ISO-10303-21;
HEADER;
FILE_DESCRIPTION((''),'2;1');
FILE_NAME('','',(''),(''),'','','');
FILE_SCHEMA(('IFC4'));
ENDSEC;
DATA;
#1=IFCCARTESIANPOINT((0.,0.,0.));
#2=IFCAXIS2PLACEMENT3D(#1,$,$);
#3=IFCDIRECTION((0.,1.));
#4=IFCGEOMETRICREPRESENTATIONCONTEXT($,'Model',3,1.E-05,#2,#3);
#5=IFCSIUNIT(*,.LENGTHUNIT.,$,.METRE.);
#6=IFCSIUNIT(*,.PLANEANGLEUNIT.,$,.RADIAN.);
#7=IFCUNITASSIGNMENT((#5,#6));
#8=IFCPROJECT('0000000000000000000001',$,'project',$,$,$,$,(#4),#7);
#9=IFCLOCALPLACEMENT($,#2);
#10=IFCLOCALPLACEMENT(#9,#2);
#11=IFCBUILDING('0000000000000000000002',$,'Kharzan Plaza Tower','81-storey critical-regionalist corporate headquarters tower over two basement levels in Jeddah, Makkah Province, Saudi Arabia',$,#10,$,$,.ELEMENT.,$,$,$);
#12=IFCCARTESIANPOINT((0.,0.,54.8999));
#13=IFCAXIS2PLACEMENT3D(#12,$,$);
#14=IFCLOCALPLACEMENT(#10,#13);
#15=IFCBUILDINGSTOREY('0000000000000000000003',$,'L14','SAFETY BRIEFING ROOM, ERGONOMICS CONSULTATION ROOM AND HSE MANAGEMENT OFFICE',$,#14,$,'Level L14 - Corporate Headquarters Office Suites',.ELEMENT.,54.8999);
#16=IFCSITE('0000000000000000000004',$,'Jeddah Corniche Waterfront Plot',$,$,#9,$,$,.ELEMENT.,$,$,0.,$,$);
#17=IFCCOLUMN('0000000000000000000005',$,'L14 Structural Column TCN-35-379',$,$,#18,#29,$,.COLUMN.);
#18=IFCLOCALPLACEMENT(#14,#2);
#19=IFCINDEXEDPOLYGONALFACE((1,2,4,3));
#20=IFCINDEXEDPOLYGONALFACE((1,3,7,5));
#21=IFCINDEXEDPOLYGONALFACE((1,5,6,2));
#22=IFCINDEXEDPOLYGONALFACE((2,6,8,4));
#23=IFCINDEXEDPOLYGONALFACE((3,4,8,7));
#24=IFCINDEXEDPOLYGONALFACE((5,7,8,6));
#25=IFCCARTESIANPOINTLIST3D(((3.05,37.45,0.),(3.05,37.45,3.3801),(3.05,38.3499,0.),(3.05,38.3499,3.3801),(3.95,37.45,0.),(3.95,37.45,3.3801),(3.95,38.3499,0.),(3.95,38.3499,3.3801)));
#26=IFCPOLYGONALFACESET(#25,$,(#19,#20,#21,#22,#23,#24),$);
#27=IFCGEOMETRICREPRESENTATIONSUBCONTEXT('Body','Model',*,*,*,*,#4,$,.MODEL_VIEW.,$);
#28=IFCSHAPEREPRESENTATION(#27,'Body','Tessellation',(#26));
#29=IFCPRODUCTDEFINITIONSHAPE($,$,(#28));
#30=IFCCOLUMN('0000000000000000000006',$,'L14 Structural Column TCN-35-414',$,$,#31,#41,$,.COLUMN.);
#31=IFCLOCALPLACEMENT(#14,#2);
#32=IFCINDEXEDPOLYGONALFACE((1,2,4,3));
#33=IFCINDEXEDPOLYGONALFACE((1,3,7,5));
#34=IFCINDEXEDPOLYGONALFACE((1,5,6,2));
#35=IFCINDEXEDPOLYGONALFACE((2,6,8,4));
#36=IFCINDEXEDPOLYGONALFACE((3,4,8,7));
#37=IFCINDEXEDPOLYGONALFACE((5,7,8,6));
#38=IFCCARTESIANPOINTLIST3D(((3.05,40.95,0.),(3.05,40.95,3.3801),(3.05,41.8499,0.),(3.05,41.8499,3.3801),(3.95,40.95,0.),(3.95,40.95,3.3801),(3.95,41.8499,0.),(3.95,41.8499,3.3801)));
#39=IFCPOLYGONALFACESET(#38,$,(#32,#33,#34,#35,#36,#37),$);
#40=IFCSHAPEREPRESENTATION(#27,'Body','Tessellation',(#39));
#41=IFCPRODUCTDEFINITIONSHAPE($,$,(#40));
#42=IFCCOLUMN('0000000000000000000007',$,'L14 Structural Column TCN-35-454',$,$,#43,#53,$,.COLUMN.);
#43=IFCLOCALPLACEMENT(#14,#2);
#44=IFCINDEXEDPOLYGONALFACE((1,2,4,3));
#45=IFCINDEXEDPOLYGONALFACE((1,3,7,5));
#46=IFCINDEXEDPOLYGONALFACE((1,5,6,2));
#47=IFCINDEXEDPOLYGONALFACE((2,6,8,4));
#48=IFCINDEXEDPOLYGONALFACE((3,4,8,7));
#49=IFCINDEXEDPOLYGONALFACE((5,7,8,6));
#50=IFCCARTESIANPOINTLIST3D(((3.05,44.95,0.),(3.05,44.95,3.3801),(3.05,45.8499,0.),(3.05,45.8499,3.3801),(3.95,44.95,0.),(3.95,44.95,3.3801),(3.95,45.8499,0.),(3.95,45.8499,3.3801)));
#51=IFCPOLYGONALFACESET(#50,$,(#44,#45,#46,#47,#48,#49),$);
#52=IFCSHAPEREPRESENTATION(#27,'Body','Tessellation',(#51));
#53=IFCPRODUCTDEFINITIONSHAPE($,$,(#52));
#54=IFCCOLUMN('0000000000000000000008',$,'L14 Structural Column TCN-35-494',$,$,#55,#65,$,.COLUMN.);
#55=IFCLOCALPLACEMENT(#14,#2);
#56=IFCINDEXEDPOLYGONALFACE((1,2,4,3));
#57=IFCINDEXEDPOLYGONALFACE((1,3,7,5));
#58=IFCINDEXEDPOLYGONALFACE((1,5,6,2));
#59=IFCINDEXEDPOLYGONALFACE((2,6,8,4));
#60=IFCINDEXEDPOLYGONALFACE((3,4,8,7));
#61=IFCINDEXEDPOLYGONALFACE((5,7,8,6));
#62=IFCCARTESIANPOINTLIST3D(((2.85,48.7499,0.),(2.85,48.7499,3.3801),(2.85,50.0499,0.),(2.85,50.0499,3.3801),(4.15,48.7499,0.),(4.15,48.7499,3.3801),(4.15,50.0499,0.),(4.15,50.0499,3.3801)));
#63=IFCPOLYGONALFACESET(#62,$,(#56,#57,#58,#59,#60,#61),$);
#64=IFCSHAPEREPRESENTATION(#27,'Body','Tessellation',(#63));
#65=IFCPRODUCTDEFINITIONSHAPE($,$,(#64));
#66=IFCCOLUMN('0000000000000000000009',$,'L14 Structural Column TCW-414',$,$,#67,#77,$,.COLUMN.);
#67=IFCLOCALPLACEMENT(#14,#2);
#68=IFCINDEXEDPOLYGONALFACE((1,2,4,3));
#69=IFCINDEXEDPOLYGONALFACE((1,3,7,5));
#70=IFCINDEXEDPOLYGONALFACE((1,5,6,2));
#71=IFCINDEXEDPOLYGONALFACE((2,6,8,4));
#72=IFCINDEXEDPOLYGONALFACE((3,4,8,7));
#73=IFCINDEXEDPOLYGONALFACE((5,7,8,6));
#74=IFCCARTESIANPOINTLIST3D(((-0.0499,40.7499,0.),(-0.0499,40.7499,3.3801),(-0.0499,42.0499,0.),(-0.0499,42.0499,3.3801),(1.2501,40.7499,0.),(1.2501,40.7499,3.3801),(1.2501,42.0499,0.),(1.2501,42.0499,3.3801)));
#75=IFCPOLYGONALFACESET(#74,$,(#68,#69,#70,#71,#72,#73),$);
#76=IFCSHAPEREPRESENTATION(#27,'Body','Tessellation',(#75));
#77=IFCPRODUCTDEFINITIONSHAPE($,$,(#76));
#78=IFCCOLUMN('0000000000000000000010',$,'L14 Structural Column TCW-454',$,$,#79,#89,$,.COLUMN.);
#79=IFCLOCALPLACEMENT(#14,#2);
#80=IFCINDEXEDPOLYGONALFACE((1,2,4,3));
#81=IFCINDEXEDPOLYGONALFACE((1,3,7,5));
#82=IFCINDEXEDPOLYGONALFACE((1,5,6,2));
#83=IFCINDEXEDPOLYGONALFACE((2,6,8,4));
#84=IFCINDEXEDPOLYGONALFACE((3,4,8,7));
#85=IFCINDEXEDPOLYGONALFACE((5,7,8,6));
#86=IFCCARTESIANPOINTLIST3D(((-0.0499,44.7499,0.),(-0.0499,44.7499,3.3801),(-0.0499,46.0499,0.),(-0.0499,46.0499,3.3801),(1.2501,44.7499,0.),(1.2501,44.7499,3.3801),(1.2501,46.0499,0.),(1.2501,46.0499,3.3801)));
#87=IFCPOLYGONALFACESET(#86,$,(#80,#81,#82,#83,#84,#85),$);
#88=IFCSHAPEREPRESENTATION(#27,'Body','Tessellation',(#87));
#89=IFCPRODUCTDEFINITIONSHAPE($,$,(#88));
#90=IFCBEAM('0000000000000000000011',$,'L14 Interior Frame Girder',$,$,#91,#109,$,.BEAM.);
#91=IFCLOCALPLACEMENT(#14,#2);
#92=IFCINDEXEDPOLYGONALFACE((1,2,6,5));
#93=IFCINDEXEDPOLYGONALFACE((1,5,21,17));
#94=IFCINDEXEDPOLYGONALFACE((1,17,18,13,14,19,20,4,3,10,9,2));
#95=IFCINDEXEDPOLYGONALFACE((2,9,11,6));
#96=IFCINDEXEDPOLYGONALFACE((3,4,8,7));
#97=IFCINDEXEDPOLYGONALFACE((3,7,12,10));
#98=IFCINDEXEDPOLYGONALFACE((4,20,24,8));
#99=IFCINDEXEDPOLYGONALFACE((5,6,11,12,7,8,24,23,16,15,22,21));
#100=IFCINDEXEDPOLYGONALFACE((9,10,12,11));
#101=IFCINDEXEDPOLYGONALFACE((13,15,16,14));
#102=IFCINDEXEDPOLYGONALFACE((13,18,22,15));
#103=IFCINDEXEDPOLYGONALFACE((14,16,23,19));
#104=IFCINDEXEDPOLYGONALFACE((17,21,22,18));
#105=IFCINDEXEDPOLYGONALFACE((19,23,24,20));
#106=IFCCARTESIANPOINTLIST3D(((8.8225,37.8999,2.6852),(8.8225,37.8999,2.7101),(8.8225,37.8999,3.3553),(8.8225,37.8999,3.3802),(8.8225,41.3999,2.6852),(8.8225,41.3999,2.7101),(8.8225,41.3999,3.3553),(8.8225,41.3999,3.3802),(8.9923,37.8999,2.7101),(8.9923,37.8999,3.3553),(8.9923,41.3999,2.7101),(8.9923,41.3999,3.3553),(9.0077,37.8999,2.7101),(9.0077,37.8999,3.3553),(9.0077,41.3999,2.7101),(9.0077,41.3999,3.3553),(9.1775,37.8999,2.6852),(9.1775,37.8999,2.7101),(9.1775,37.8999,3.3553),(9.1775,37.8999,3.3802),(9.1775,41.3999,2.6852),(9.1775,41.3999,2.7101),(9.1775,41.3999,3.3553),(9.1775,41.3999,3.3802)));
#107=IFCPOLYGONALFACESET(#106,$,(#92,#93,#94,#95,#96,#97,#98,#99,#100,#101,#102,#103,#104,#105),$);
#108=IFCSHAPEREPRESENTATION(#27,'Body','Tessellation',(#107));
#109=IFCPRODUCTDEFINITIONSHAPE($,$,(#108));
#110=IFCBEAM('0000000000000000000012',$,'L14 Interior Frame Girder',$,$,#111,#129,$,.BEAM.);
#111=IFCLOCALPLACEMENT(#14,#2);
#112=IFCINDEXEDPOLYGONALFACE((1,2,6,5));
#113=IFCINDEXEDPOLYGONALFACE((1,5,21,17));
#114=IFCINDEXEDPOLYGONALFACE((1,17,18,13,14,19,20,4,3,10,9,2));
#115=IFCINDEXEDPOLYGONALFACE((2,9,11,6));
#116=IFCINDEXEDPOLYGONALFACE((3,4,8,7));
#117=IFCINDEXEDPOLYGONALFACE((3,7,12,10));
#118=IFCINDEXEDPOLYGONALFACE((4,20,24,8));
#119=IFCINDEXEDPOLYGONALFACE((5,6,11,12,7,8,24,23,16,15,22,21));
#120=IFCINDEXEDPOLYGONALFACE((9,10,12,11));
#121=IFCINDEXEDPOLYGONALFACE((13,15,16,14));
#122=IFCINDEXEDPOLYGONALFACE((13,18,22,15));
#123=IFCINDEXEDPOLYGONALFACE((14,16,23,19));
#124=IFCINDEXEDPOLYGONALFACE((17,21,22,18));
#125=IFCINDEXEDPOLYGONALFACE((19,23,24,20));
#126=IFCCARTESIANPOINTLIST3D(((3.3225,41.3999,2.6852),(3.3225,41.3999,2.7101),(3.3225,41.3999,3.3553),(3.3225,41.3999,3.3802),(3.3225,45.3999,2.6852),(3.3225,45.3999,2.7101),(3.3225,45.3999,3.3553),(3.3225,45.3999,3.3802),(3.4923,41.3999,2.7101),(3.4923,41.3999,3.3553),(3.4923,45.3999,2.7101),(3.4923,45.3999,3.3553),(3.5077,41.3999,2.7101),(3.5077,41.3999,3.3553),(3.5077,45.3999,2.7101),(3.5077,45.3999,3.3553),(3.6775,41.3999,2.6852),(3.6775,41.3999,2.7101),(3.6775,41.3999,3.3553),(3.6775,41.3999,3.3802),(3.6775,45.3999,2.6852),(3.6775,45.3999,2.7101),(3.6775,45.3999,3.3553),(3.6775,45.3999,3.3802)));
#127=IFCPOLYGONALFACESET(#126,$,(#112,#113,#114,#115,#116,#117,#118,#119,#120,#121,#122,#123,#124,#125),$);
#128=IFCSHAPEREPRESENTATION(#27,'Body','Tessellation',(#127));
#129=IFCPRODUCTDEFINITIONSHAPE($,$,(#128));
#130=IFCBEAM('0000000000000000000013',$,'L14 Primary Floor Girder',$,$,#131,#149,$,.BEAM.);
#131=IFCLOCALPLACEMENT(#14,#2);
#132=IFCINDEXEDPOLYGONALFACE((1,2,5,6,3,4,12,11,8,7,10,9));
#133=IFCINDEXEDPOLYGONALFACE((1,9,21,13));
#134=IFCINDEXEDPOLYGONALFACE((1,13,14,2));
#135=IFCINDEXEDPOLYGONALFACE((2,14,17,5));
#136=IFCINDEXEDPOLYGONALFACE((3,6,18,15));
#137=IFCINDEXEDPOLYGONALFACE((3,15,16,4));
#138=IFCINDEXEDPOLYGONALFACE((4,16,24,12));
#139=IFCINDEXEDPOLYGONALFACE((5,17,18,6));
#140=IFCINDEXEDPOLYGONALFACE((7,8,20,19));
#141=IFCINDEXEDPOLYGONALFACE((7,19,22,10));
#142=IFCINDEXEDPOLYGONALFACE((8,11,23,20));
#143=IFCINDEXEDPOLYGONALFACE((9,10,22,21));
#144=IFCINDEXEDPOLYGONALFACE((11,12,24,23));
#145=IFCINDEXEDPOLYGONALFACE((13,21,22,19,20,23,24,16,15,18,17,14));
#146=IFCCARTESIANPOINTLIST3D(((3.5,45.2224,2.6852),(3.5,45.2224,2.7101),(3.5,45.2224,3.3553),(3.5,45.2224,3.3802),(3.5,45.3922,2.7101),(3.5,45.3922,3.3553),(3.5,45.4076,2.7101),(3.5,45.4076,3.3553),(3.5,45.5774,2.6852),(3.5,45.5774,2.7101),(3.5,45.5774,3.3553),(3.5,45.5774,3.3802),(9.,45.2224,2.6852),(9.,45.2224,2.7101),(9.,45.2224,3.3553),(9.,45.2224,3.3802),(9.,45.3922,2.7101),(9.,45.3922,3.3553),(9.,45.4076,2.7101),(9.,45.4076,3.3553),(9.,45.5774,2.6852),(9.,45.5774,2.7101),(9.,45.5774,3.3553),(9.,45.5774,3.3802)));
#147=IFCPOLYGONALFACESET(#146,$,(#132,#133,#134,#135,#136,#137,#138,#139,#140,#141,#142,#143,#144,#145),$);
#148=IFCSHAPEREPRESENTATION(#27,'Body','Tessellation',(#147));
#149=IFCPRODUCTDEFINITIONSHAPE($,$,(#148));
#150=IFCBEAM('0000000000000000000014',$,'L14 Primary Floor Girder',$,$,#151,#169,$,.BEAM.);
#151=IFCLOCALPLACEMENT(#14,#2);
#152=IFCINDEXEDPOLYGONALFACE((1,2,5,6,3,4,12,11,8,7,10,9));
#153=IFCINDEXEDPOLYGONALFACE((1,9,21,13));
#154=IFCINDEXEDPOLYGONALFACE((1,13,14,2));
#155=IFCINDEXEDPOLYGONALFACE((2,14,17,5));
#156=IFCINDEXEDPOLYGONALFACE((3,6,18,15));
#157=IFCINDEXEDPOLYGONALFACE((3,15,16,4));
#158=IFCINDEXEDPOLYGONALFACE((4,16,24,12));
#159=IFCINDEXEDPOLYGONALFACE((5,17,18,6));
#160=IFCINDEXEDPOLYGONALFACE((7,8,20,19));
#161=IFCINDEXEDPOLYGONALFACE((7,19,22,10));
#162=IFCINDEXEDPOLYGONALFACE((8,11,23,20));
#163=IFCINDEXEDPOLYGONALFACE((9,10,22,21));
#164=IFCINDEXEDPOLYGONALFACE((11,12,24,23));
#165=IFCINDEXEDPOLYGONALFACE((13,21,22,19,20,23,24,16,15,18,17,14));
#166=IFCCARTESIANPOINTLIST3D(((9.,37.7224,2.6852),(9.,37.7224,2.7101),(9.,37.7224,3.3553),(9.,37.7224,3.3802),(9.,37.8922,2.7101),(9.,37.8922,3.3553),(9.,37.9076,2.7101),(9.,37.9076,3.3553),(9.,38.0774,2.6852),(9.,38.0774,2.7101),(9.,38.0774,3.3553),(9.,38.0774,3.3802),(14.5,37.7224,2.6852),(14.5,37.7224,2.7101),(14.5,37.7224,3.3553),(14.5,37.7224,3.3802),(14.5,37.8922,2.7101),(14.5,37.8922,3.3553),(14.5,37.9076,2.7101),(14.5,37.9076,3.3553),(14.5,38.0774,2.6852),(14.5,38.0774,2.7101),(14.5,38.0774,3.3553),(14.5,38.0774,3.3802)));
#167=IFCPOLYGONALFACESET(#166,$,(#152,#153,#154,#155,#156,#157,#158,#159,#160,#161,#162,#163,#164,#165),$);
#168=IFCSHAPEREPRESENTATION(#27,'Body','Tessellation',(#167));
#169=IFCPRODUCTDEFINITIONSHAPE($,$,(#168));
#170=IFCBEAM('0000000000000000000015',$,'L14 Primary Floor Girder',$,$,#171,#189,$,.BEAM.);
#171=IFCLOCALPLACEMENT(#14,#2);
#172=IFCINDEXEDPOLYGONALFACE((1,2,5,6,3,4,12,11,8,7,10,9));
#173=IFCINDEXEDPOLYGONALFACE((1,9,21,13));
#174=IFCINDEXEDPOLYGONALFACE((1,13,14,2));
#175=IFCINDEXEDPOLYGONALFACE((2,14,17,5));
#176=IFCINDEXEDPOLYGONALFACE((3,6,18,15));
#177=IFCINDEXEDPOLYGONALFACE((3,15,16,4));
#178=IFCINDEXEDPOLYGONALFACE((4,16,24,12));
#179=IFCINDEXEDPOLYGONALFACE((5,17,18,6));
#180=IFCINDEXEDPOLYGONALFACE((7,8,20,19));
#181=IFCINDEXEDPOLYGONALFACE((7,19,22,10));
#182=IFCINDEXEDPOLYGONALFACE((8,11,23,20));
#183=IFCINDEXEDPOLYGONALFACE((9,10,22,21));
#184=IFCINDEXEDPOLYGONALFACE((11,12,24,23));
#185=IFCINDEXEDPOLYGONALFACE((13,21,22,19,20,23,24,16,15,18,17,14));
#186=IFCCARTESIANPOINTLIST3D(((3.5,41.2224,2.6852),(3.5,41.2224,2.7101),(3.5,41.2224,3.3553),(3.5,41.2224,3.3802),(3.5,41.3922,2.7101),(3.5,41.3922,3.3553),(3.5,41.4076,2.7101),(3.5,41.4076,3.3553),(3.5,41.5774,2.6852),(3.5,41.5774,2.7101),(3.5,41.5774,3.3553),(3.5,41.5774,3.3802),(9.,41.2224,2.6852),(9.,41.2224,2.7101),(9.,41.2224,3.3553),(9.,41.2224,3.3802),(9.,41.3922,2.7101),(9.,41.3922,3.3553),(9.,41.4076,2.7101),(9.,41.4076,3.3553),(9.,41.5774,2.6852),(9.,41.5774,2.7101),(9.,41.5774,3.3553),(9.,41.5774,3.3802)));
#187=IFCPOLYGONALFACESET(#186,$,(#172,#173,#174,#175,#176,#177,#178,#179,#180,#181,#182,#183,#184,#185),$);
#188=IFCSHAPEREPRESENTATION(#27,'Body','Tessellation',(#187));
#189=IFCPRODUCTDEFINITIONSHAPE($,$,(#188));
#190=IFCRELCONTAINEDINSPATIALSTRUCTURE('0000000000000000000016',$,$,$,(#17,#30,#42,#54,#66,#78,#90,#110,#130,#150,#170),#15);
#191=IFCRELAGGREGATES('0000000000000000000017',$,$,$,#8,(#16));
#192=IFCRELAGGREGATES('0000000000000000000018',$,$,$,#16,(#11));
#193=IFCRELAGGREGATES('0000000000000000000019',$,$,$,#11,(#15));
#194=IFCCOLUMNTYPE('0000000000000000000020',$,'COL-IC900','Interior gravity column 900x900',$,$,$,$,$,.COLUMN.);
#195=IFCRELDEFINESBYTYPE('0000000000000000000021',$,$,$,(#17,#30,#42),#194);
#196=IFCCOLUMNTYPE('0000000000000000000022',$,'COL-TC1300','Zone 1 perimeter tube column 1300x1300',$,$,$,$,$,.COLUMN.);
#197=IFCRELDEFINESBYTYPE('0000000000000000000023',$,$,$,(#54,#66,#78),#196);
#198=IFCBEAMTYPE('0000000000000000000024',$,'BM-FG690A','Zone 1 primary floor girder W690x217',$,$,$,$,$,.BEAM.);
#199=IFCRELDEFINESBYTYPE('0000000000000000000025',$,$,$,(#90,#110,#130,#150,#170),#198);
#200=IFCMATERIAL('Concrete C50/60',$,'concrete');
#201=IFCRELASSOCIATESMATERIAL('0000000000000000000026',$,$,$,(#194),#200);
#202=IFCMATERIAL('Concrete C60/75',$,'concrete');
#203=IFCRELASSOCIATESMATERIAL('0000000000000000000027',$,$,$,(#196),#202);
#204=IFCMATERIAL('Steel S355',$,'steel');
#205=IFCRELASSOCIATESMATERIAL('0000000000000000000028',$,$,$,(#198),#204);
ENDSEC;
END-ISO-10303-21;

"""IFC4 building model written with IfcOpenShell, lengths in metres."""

from ifc_helpers import new_model, si_unit, direction, frame, origin, origin_2d, place, context, subcontext, project, spatial, rectangle, i_section, extrude, source, transform, mapped, material, material_profile, profile_set, type_object, element, save


model = new_model("IFC4")

# Units and contexts
model_context = context("Model", 3, precision=1e-05, world=origin(), true_north=direction((0.0, 1.0)))
body_context = subcontext(model_context, "Body", "Model", "MODEL_VIEW")
ifc_project = project(units=[si_unit("LENGTHUNIT", "METRE"), si_unit("PLANEANGLEUNIT", "RADIAN")], contexts=[model_context])

# Site, building, storey
site_placement = place(None, origin())
site = spatial("IfcSite", under=ifc_project, at=site_placement, Name="Jeddah Corniche Waterfront Plot", CompositionType="ELEMENT", RefElevation=0.0)
building_placement = place(site_placement, origin())
building = spatial("IfcBuilding", under=site, at=building_placement, Name="Kharzan Plaza Tower", Description="81-storey critical-regionalist corporate headquarters tower over two basement levels in Jeddah, Makkah Province, Saudi Arabia", CompositionType="ELEMENT")
storey_placement = place(building_placement, frame((0.0, 0.0, 54.8999)))
storey = spatial("IfcBuildingStorey", under=building, at=storey_placement, Name="L14", Description="SAFETY BRIEFING ROOM, ERGONOMICS CONSULTATION ROOM AND HSE MANAGEMENT OFFICE", LongName="Level L14 - Corporate Headquarters Office Suites", CompositionType="ELEMENT", Elevation=54.8999)

# Columns
ifc_material_1 = material(Name="Concrete C50/60", Category="concrete")
ifc_material_profile_1 = material_profile(ifc_material_1, rectangle(XDim=0.8999, YDim=0.8999, at=origin_2d()), Name="RC-IC900x900")
ifc_profile_set_1 = profile_set([ifc_material_profile_1], Name="Concrete C50/60")
column_type_1 = type_object("IfcColumnType", Name="COL-IC900", Description="Interior gravity column 900x900", PredefinedType="COLUMN", material=ifc_profile_set_1)
shared_shape_1 = source(origin(), body_context, "Body", "SweptSolid", [
    extrude(rectangle(XDim=0.8999, YDim=0.8999, at=origin_2d()), origin(), (0.0, 0.0, 1.0), 3.3801),
])
for number, where, z_axis, x_axis, name in (
    (1, (3.5, 37.8999, 0.0), (0.0, 0.0, 1.0), (1.0, 0.0, 0.0), "L14 Structural Column TCN-35-379"),
    (2, (3.5, 41.3999, 0.0), (0.0, 0.0, 1.0), (1.0, 0.0, 0.0), "L14 Structural Column TCN-35-414"),
    (3, (3.5, 45.3999, 0.0), (0.0, 0.0, 1.0), (1.0, 0.0, 0.0), "L14 Structural Column TCN-35-454"),
):
    element("IfcColumn", number, at=place(storey_placement, frame(where, z_axis=z_axis, x_axis=x_axis)), inside=storey, type_object=column_type_1, Name=name, PredefinedType="COLUMN", context=body_context, shape_type="MappedRepresentation", body=[
        mapped(shared_shape_1, transform((0.0, 0.0, 0.0), x_axis=(1.0, 0.0, 0.0), y_axis=(0.0, 1.0, 0.0), z_axis=(0.0, 0.0, 1.0))),
    ])
ifc_material_2 = material(Name="Concrete C60/75", Category="concrete")
ifc_material_profile_2 = material_profile(ifc_material_2, rectangle(XDim=1.3, YDim=1.3, at=origin_2d()), Name="RC-TC1300x1300")
ifc_profile_set_2 = profile_set([ifc_material_profile_2], Name="Concrete C60/75")
column_type_2 = type_object("IfcColumnType", Name="COL-TC1300", Description="Zone 1 perimeter tube column 1300x1300", PredefinedType="COLUMN", material=ifc_profile_set_2)
shared_shape_2 = source(origin(), body_context, "Body", "SweptSolid", [
    extrude(rectangle(XDim=1.3, YDim=1.3, at=origin_2d()), origin(), (0.0, 0.0, 1.0), 3.3801),
])
for number, where, z_axis, x_axis, name in (
    (4, (3.5, 49.3999, 0.0), (0.0, 0.0, 1.0), (1.0, 0.0, 0.0), "L14 Structural Column TCN-35-494"),
    (5, (0.6001, 41.3999, 0.0), (0.0, 0.0, 1.0), (1.0, 0.0, 0.0), "L14 Structural Column TCW-414"),
    (6, (0.6001, 45.3999, 0.0), (0.0, 0.0, 1.0), (1.0, 0.0, 0.0), "L14 Structural Column TCW-454"),
):
    element("IfcColumn", number, at=place(storey_placement, frame(where, z_axis=z_axis, x_axis=x_axis)), inside=storey, type_object=column_type_2, Name=name, PredefinedType="COLUMN", context=body_context, shape_type="MappedRepresentation", body=[
        mapped(shared_shape_2, transform((0.0, 0.0, 0.0), x_axis=(1.0, 0.0, 0.0), y_axis=(0.0, 1.0, 0.0), z_axis=(0.0, 0.0, 1.0))),
    ])

# Beams
ifc_material_3 = material(Name="Steel S355", Category="steel")
ifc_material_profile_3 = material_profile(ifc_material_3, i_section(OverallWidth=0.355, OverallDepth=0.6951, WebThickness=0.0154, FlangeThickness=0.0249, at=origin_2d()), Name="W690x217")
ifc_profile_set_3 = profile_set([ifc_material_profile_3], Name="Steel S355")
beam_type_1 = type_object("IfcBeamType", Name="BM-FG690A", Description="Zone 1 primary floor girder W690x217", PredefinedType="BEAM", material=ifc_profile_set_3)
shared_shape_3 = source(origin(), body_context, "Body", "SweptSolid", [
    extrude(i_section(OverallWidth=0.355, OverallDepth=0.6951, WebThickness=0.0154, FlangeThickness=0.0249, at=origin_2d()), origin(), (0.0, 0.0, 1.0), 3.5),
])
beam_1_placement = place(storey_placement, frame((9.0, 37.8999, 3.0327), z_axis=(0.0, 1.0, 0.0), x_axis=(-1.0, 0.0, 0.0)))
element("IfcBeam", 7, at=beam_1_placement, inside=storey, type_object=beam_type_1, Name="L14 Interior Frame Girder", PredefinedType="BEAM", context=body_context, shape_type="MappedRepresentation", body=[
    mapped(shared_shape_3, transform((0.0, 0.0, 0.0), x_axis=(1.0, 0.0, 0.0), y_axis=(0.0, 1.0, 0.0), z_axis=(0.0, 0.0, 1.0))),
])
shared_shape_4 = source(origin(), body_context, "Body", "SweptSolid", [
    extrude(i_section(OverallWidth=0.355, OverallDepth=0.6951, WebThickness=0.0154, FlangeThickness=0.0249, at=origin_2d()), origin(), (0.0, 0.0, 1.0), 4.0),
])
beam_2_placement = place(storey_placement, frame((3.5, 41.3999, 3.0327), z_axis=(0.0, 1.0, 0.0), x_axis=(-1.0, 0.0, 0.0)))
element("IfcBeam", 8, at=beam_2_placement, inside=storey, type_object=beam_type_1, Name="L14 Interior Frame Girder", PredefinedType="BEAM", context=body_context, shape_type="MappedRepresentation", body=[
    mapped(shared_shape_4, transform((0.0, 0.0, 0.0), x_axis=(1.0, 0.0, 0.0), y_axis=(0.0, 1.0, 0.0), z_axis=(0.0, 0.0, 1.0))),
])
shared_shape_5 = source(origin(), body_context, "Body", "SweptSolid", [
    extrude(i_section(OverallWidth=0.355, OverallDepth=0.6951, WebThickness=0.0154, FlangeThickness=0.0249, at=origin_2d()), origin(), (0.0, 0.0, 1.0), 5.5),
])
for number, where, z_axis, x_axis, name in (
    (9, (3.5, 45.3999, 3.0327), (1.0, 0.0, 0.0), (0.0, 1.0, 0.0), "L14 Primary Floor Girder"),
    (10, (9.0, 37.8999, 3.0327), (1.0, 0.0, 0.0), (0.0, 1.0, 0.0), "L14 Primary Floor Girder"),
    (11, (3.5, 41.3999, 3.0327), (1.0, 0.0, 0.0), (0.0, 1.0, 0.0), "L14 Primary Floor Girder"),
):
    element("IfcBeam", number, at=place(storey_placement, frame(where, z_axis=z_axis, x_axis=x_axis)), inside=storey, type_object=beam_type_1, Name=name, PredefinedType="BEAM", context=body_context, shape_type="MappedRepresentation", body=[
        mapped(shared_shape_5, transform((0.0, 0.0, 0.0), x_axis=(1.0, 0.0, 0.0), y_axis=(0.0, 1.0, 0.0), z_axis=(0.0, 0.0, 1.0))),
    ])

save(model, "model.ifc")
